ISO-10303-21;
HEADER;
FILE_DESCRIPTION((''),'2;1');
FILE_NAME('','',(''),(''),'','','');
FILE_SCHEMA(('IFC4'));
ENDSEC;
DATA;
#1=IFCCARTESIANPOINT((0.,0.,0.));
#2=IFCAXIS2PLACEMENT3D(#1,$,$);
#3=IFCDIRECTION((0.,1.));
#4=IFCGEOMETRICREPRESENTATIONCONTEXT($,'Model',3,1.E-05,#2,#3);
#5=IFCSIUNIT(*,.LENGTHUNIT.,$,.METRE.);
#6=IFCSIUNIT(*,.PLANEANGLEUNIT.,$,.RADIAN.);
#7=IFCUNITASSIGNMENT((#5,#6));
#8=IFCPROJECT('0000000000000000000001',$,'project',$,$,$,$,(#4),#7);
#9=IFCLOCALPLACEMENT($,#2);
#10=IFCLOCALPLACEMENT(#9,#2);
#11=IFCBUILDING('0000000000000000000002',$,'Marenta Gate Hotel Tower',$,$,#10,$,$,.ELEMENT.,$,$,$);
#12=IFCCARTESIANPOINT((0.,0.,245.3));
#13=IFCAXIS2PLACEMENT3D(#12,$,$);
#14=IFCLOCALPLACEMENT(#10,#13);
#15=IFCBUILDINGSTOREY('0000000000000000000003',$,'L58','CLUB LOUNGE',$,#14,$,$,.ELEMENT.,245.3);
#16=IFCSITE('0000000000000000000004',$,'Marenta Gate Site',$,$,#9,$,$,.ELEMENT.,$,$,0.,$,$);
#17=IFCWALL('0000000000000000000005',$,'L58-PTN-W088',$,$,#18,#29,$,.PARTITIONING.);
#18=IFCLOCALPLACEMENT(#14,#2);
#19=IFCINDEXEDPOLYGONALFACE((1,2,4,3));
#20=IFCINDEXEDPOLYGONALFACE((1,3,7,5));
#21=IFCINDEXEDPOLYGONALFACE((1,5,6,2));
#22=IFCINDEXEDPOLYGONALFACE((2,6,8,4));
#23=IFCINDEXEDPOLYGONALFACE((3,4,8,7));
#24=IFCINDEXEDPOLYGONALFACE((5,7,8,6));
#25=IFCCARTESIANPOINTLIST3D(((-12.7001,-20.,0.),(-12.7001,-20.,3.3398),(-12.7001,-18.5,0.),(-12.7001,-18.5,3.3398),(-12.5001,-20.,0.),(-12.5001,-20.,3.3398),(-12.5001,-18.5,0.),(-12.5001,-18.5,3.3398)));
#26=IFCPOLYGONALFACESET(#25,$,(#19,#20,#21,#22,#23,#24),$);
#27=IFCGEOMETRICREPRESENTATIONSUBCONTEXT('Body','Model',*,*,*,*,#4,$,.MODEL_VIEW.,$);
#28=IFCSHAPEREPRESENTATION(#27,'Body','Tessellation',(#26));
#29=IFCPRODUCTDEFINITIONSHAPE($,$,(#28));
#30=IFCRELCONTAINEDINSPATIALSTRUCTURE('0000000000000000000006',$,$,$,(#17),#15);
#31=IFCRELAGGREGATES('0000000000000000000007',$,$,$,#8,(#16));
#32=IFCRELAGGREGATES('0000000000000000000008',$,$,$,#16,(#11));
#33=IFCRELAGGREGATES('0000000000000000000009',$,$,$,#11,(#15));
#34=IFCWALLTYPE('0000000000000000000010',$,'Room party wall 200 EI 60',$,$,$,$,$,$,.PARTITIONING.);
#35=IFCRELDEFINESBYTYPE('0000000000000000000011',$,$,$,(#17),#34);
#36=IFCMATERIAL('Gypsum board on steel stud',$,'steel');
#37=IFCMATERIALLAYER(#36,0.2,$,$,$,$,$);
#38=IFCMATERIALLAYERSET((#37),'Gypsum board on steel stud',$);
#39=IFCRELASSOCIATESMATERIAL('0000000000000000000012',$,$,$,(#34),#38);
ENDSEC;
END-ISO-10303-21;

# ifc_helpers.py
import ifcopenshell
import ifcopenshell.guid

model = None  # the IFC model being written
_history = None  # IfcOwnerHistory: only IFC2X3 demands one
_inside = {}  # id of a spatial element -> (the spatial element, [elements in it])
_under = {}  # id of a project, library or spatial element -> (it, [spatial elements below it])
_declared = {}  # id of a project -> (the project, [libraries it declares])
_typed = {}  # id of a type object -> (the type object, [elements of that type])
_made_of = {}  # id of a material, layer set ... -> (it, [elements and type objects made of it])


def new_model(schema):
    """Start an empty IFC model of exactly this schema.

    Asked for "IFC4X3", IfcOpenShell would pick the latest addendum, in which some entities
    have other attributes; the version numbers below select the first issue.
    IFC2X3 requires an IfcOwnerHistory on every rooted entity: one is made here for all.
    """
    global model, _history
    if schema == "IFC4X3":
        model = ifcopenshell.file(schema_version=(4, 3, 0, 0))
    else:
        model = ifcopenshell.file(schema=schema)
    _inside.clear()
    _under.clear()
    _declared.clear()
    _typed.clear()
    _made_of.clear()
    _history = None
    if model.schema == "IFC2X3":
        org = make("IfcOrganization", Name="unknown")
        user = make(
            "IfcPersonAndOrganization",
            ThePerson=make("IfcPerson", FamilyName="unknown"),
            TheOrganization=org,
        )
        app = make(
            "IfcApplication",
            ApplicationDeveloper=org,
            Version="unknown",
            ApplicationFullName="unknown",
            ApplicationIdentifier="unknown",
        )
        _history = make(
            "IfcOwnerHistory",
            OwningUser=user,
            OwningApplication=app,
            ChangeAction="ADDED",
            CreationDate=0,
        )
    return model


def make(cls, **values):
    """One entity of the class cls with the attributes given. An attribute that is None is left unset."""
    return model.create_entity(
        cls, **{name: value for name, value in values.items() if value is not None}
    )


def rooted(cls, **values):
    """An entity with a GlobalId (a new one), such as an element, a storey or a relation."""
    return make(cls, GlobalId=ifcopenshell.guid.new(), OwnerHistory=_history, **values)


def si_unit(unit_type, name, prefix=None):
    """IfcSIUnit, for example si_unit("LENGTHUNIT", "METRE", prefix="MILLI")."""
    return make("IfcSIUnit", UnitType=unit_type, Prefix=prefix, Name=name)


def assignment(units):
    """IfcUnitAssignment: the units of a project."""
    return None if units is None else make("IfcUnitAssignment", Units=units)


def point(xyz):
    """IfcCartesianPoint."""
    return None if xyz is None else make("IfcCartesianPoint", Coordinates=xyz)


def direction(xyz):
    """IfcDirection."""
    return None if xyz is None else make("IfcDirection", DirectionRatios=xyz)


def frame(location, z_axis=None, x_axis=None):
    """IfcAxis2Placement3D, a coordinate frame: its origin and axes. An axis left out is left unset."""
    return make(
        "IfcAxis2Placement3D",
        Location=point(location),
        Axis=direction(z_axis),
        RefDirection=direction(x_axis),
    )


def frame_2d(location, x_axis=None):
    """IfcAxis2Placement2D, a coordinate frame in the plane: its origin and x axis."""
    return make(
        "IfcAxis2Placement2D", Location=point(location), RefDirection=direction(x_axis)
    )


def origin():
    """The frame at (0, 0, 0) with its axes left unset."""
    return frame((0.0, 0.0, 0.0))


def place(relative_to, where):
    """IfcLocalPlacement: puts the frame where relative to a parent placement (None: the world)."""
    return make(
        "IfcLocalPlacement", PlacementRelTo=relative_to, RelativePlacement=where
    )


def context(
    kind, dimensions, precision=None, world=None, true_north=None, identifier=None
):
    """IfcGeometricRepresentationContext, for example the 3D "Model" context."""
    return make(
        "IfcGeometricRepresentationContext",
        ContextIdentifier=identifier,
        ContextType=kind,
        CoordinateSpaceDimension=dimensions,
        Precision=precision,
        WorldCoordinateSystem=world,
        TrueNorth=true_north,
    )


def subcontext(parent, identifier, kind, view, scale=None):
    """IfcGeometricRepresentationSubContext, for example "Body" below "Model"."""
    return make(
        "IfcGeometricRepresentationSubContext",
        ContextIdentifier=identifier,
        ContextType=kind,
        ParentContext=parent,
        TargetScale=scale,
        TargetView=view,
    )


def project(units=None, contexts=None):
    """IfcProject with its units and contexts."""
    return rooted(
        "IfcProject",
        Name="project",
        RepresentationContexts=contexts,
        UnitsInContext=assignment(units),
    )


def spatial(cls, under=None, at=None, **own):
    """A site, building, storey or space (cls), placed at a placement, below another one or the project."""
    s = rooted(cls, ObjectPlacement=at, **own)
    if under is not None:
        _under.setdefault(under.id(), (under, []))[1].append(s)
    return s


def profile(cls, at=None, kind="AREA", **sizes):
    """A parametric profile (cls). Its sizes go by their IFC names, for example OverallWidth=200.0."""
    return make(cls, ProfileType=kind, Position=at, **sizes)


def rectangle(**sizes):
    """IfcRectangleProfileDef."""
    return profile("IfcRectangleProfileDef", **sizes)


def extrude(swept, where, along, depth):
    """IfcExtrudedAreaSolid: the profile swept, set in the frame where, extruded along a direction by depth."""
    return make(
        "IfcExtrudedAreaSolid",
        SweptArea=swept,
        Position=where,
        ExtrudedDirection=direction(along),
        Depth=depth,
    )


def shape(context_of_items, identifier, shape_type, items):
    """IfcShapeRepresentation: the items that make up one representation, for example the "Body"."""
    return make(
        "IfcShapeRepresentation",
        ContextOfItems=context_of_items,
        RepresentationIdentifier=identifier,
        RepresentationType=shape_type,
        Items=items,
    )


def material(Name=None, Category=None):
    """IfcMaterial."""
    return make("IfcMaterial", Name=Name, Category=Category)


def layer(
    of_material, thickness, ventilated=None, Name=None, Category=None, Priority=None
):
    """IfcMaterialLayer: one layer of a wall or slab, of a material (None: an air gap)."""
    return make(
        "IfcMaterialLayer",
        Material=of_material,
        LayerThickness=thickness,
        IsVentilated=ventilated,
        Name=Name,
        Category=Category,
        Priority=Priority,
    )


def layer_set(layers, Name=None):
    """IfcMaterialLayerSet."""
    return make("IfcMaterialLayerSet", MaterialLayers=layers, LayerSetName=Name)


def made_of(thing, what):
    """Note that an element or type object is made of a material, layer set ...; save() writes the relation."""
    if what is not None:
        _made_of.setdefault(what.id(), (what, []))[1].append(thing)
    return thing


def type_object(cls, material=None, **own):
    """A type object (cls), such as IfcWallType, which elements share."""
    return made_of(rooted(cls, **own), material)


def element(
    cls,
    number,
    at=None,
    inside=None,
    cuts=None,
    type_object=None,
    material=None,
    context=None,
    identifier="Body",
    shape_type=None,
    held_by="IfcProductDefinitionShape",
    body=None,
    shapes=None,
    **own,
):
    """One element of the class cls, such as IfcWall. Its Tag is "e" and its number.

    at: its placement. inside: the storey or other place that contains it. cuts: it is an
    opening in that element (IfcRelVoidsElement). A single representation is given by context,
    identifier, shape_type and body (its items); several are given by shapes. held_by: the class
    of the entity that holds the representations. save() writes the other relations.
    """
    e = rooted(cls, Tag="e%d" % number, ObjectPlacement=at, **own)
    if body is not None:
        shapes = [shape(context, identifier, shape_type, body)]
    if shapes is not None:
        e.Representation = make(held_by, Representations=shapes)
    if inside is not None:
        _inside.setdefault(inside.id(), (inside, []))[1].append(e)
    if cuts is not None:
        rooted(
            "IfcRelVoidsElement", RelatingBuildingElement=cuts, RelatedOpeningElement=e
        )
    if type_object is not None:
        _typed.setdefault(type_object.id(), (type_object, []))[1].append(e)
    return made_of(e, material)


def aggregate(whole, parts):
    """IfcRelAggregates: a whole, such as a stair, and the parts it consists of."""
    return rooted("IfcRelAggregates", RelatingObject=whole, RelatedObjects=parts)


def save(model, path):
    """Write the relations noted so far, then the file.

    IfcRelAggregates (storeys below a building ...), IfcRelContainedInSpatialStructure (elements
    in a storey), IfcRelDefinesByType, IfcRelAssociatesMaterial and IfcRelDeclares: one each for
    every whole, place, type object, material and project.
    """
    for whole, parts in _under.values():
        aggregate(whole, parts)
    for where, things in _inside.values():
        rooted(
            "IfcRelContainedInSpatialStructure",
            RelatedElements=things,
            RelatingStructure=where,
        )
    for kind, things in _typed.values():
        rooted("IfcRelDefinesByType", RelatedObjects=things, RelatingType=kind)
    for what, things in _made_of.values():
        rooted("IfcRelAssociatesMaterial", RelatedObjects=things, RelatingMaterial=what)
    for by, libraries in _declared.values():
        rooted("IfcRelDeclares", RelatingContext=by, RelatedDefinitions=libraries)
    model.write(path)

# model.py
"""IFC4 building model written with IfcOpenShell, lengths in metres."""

from ifc_helpers import new_model, si_unit, direction, frame, frame_2d, origin, place, context, subcontext, project, spatial, rectangle, extrude, material, layer, layer_set, type_object, element, save


model = new_model("IFC4")

# Units and contexts
model_context = context("Model", 3, precision=1e-05, world=origin(), true_north=direction((0.0, 1.0)))
body_context = subcontext(model_context, "Body", "Model", "MODEL_VIEW")
ifc_project = project(units=[si_unit("LENGTHUNIT", "METRE"), si_unit("PLANEANGLEUNIT", "RADIAN")], contexts=[model_context])

# Site, building, storey
site_placement = place(None, origin())
site = spatial("IfcSite", under=ifc_project, at=site_placement, Name="Marenta Gate Site", CompositionType="ELEMENT", RefElevation=0.0)
building_placement = place(site_placement, origin())
building = spatial("IfcBuilding", under=site, at=building_placement, Name="Marenta Gate Hotel Tower", CompositionType="ELEMENT")
storey_placement = place(building_placement, frame((0.0, 0.0, 245.3)))
storey = spatial("IfcBuildingStorey", under=building, at=storey_placement, Name="L58", Description="CLUB LOUNGE", CompositionType="ELEMENT", Elevation=245.3)

# Wall
ifc_material_1 = material(Name="Gypsum board on steel stud", Category="steel")
ifc_layer_1 = layer(ifc_material_1, 0.2)
ifc_layer_set_1 = layer_set([ifc_layer_1], Name="Gypsum board on steel stud")
wall_type_1 = type_object("IfcWallType", Name="Room party wall 200 EI 60", PredefinedType="PARTITIONING", material=ifc_layer_set_1)
wall_1_placement = place(storey_placement, frame((-12.6001, -20.0, 0.0), z_axis=(0.0, 0.0, 1.0), x_axis=(0.0, 1.0, 0.0)))
element("IfcWall", 1, at=wall_1_placement, inside=storey, type_object=wall_type_1, Name="L58-PTN-W088", PredefinedType="PARTITIONING", context=body_context, shape_type="SweptSolid", body=[
    extrude(rectangle(XDim=1.5, YDim=0.2, at=frame_2d((0.75, 0.0))), origin(), (0.0, 0.0, 1.0), 3.3398),
])

save(model, "model.ifc")
